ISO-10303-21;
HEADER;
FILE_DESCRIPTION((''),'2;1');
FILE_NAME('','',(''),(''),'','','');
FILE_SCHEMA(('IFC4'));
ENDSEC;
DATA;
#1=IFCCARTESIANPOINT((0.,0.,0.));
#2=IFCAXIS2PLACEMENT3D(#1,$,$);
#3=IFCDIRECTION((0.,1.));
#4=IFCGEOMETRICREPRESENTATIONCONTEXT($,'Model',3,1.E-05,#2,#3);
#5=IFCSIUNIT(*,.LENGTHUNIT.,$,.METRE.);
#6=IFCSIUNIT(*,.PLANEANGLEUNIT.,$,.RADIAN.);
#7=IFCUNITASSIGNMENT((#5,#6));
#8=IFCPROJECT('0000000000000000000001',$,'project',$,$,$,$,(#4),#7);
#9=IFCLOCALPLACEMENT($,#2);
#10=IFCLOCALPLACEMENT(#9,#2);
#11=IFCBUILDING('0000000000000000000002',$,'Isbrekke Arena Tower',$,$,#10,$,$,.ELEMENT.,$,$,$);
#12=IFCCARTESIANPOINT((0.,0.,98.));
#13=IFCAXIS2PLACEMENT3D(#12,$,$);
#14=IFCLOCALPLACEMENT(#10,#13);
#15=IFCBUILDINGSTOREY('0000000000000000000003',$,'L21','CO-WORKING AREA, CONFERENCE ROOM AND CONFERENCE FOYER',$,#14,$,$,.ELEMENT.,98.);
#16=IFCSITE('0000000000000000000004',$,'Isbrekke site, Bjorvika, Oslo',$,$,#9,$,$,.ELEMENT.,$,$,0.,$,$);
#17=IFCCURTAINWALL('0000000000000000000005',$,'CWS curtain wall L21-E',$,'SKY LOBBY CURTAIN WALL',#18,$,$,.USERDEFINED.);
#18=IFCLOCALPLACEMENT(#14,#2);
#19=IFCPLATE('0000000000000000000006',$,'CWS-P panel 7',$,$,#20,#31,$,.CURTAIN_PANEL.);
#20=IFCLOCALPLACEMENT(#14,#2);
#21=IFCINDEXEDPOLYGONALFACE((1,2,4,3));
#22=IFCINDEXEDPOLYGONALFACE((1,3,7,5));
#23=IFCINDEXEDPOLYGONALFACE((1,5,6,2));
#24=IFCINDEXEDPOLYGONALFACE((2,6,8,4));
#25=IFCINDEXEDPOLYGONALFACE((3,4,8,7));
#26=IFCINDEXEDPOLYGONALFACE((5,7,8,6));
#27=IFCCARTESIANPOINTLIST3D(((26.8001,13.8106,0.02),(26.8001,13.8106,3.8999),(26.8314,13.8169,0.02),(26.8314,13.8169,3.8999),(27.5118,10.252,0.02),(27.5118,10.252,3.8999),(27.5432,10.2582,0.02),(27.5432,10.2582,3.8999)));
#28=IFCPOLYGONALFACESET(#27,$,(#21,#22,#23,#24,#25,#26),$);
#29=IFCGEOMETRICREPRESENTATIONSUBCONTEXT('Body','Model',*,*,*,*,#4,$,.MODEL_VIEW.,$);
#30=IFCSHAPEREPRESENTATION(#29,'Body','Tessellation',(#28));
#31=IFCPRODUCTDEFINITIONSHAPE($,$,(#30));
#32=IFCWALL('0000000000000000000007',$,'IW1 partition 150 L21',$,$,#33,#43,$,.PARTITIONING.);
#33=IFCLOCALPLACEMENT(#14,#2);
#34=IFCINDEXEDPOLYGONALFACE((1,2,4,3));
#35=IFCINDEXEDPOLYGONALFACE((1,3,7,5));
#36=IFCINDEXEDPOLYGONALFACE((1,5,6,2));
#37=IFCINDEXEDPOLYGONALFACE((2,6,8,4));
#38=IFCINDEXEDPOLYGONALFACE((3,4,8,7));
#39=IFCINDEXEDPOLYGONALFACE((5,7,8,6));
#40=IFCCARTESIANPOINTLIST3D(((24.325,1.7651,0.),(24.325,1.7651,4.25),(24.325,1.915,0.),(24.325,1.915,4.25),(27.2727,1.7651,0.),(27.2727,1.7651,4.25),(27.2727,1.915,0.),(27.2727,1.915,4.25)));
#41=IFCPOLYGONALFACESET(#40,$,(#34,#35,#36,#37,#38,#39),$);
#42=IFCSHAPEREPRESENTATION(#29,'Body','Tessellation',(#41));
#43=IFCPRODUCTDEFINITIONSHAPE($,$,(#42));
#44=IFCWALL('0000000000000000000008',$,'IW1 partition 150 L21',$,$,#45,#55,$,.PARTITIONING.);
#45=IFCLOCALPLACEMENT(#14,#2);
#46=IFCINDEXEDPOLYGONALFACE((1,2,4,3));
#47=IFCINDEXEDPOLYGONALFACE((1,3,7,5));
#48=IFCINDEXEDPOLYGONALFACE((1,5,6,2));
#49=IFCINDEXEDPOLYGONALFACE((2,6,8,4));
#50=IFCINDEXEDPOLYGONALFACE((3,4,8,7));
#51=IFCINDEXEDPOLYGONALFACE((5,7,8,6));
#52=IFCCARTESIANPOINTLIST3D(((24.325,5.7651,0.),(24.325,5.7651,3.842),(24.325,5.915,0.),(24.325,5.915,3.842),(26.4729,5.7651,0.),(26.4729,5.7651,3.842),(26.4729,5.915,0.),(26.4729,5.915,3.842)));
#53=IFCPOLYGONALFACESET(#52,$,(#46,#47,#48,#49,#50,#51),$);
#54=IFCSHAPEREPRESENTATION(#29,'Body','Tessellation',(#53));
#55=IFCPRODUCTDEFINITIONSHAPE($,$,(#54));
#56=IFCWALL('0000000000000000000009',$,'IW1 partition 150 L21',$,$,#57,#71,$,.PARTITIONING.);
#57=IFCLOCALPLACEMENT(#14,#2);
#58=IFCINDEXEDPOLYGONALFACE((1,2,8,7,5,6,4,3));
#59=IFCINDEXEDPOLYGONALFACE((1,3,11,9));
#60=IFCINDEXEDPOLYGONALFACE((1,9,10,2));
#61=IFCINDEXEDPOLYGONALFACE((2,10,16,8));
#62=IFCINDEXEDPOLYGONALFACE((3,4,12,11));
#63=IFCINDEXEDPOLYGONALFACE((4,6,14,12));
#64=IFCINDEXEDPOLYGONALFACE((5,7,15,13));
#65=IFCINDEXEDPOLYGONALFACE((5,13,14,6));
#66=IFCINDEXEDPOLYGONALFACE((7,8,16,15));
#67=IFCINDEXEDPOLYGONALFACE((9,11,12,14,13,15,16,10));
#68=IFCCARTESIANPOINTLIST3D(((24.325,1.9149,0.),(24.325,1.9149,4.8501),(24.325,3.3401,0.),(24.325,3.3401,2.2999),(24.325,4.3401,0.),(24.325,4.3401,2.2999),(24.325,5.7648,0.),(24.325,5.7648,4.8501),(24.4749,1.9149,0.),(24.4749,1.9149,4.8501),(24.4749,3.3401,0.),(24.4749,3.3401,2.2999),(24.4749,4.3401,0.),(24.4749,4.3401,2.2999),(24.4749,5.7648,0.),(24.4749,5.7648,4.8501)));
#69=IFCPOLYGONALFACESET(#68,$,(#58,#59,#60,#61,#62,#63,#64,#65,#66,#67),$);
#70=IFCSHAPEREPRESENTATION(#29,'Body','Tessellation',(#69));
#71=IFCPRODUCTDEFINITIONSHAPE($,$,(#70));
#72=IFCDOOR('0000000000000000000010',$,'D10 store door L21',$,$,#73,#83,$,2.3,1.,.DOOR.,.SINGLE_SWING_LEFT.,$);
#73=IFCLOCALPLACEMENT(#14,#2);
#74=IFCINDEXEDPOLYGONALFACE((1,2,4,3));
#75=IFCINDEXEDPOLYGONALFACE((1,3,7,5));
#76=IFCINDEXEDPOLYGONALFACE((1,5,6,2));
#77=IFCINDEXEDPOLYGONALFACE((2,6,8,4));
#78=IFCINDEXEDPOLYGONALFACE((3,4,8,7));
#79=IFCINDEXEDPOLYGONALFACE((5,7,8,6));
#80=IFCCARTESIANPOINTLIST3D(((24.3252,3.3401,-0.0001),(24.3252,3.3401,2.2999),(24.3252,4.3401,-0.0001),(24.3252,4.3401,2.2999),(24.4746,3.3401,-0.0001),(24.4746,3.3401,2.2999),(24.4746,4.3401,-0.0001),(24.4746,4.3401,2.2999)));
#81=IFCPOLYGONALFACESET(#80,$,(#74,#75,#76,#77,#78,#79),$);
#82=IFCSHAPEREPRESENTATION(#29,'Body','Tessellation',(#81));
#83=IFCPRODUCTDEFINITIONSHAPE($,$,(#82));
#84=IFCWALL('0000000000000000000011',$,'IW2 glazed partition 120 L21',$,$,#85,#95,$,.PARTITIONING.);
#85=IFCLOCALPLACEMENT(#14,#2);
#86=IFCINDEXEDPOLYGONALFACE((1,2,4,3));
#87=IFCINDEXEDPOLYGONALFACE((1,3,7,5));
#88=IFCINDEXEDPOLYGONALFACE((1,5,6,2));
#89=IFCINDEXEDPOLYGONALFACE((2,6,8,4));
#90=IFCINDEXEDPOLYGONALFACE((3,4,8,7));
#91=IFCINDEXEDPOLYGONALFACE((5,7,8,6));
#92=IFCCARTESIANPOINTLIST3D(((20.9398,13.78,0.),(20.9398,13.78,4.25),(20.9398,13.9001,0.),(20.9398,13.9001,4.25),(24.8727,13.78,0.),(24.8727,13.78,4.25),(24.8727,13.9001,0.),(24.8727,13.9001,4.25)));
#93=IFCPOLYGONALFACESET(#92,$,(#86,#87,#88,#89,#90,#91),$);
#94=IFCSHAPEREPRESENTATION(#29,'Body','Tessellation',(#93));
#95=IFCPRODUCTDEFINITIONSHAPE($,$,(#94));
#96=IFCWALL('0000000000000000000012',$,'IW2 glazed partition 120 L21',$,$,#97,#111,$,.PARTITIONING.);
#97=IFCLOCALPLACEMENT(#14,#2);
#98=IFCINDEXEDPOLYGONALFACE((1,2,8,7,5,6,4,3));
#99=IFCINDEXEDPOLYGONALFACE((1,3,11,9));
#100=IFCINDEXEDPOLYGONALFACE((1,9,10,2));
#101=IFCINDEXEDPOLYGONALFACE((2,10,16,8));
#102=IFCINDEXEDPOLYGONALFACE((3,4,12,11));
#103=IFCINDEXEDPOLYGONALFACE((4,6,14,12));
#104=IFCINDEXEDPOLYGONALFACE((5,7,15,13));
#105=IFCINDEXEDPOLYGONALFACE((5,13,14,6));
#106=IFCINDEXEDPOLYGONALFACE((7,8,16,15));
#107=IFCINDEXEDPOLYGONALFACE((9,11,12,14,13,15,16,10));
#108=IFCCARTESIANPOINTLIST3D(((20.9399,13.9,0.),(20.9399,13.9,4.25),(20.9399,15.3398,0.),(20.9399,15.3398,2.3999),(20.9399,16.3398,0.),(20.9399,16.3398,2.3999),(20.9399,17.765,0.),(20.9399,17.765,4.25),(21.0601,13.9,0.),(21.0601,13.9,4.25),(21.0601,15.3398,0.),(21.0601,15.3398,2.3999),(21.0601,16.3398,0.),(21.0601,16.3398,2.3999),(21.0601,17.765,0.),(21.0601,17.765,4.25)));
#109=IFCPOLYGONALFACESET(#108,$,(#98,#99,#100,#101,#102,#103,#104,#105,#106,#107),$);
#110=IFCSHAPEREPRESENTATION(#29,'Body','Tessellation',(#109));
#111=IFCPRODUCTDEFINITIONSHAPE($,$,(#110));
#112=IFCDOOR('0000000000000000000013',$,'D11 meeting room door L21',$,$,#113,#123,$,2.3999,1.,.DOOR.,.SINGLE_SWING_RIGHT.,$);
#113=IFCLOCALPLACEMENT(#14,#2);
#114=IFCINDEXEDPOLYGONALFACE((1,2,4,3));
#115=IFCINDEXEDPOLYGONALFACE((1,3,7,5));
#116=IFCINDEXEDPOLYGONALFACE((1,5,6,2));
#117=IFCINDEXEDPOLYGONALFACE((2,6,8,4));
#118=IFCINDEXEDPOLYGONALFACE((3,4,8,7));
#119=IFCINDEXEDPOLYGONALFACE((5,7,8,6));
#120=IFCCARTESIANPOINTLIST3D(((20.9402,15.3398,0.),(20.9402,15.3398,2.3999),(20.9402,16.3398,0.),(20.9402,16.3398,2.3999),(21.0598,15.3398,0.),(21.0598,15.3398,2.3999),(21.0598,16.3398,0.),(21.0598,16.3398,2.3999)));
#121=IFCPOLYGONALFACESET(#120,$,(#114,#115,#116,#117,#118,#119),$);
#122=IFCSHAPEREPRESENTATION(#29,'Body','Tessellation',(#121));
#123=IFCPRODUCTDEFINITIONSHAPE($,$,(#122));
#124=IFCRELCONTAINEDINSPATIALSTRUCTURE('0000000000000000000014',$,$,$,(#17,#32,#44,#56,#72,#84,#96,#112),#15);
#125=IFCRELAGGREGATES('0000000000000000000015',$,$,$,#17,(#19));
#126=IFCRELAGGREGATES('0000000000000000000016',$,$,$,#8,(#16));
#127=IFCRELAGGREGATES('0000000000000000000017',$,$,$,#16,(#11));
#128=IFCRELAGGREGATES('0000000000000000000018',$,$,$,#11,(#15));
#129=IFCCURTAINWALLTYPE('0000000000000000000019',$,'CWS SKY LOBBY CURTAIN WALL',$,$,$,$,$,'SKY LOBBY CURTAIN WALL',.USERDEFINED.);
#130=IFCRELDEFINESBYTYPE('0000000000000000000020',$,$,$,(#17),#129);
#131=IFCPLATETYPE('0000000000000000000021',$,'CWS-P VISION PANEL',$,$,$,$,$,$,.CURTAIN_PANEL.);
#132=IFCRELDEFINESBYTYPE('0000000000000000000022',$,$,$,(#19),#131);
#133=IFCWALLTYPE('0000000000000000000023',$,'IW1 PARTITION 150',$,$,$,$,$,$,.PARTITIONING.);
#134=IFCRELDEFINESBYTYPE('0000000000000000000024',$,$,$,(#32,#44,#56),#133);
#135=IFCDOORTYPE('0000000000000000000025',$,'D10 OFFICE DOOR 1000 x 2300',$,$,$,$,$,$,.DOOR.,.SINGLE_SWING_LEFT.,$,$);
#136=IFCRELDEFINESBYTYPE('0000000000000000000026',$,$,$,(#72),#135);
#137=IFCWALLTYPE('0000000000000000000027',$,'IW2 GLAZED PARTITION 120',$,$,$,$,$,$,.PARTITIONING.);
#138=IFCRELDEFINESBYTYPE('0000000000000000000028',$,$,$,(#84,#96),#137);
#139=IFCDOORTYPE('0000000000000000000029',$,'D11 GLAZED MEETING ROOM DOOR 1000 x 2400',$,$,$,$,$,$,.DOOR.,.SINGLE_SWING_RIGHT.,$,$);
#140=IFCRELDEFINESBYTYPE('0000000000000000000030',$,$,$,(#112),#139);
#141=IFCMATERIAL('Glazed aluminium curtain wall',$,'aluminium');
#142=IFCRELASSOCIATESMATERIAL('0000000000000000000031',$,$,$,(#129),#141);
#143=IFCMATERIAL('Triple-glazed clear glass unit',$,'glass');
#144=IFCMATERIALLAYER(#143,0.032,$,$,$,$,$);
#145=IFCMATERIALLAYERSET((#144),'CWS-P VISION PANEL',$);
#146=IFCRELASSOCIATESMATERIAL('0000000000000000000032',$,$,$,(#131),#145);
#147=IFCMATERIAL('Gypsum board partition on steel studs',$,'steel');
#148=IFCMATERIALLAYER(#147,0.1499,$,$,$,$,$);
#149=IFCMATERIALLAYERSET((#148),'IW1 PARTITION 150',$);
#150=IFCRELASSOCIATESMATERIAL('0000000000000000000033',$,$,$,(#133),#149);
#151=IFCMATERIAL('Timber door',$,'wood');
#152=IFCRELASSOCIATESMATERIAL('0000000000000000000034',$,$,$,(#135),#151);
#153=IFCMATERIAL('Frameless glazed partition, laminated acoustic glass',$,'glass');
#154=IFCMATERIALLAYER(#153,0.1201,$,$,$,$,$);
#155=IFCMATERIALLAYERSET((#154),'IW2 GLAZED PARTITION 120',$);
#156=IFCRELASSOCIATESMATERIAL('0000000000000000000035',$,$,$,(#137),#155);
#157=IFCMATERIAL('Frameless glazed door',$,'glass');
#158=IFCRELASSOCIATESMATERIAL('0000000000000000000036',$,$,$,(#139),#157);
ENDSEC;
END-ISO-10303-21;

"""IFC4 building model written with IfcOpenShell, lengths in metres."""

from ifc_helpers import new_model, si_unit, direction, frame, frame_2d, origin, origin_2d, place, context, subcontext, project, spatial, rectangle, extrude, material, layer, layer_set, type_object, element, fill, aggregate, save


model = new_model("IFC4")

# Units and contexts
model_context = context("Model", 3, precision=1e-05, world=origin(), true_north=direction((0.0, 1.0)))
body_context = subcontext(model_context, "Body", "Model", "MODEL_VIEW")
ifc_project = project(units=[si_unit("LENGTHUNIT", "METRE"), si_unit("PLANEANGLEUNIT", "RADIAN")], contexts=[model_context])

# Site, building, storey
site_placement = place(None, origin())
site = spatial("IfcSite", under=ifc_project, at=site_placement, Name="Isbrekke site, Bjorvika, Oslo", CompositionType="ELEMENT", RefElevation=0.0)
building_placement = place(site_placement, origin())
building = spatial("IfcBuilding", under=site, at=building_placement, Name="Isbrekke Arena Tower", CompositionType="ELEMENT")
storey_placement = place(building_placement, frame((0.0, 0.0, 98.0)))
storey = spatial("IfcBuildingStorey", under=building, at=storey_placement, Name="L21", Description="CO-WORKING AREA, CONFERENCE ROOM AND CONFERENCE FOYER", CompositionType="ELEMENT", Elevation=98.0)

# Curtain wall
ifc_material_1 = material(Name="Glazed aluminium curtain wall", Category="aluminium")
curtain_wall_type = type_object("IfcCurtainWallType", Name="CWS SKY LOBBY CURTAIN WALL", ElementType="SKY LOBBY CURTAIN WALL", PredefinedType="USERDEFINED", material=ifc_material_1)
curtain_wall_placement = place(storey_placement, origin())
curtain_wall = element("IfcCurtainWall", 1, at=curtain_wall_placement, inside=storey, type_object=curtain_wall_type, Name="CWS curtain wall L21-E", ObjectType="SKY LOBBY CURTAIN WALL", PredefinedType="USERDEFINED")

# Plate
ifc_material_2 = material(Name="Triple-glazed clear glass unit", Category="glass")
ifc_layer_1 = layer(ifc_material_2, 0.032)
ifc_layer_set_1 = layer_set([ifc_layer_1], Name="CWS-P VISION PANEL")
plate_type = type_object("IfcPlateType", Name="CWS-P VISION PANEL", PredefinedType="CURTAIN_PANEL", material=ifc_layer_set_1)
plate_1_placement = place(storey_placement, frame((27.1716, 12.0344, 0.02), z_axis=(0.0, 0.0, 1.0), x_axis=(-0.196116, 0.980581, 0.0)))
plate_1 = element("IfcPlate", 2, at=plate_1_placement, type_object=plate_type, Name="CWS-P panel 7", PredefinedType="CURTAIN_PANEL", context=body_context, shape_type="SweptSolid", body=[
    extrude(rectangle(XDim=3.6292, YDim=0.032, at=origin_2d()), origin(), (0.0, 0.0, 1.0), 3.8799),
])
aggregate(curtain_wall, [plate_1])

# Walls
ifc_material_3 = material(Name="Gypsum board partition on steel studs", Category="steel")
ifc_layer_2 = layer(ifc_material_3, 0.1499)
ifc_layer_set_2 = layer_set([ifc_layer_2], Name="IW1 PARTITION 150")
wall_type_1 = type_object("IfcWallType", Name="IW1 PARTITION 150", PredefinedType="PARTITIONING", material=ifc_layer_set_2)
wall_1_placement = place(storey_placement, frame((24.325, 1.8401, 0.0), z_axis=(0.0, 0.0, 1.0), x_axis=(1.0, 0.0, 0.0)))
element("IfcWall", 3, at=wall_1_placement, inside=storey, type_object=wall_type_1, Name="IW1 partition 150 L21", PredefinedType="PARTITIONING", context=body_context, shape_type="SweptSolid", body=[
    extrude(rectangle(XDim=2.9478, YDim=0.1499, at=frame_2d((1.4739, 0.0))), origin(), (0.0, 0.0, 1.0), 4.25),
])
wall_2_placement = place(storey_placement, frame((24.325, 5.8401, 0.0), z_axis=(0.0, 0.0, 1.0), x_axis=(1.0, 0.0, 0.0)))
element("IfcWall", 4, at=wall_2_placement, inside=storey, type_object=wall_type_1, Name="IW1 partition 150 L21", PredefinedType="PARTITIONING", context=body_context, shape_type="SweptSolid", body=[
    extrude(rectangle(XDim=2.1479, YDim=0.1499, at=frame_2d((1.074, 0.0))), origin(), (0.0, 0.0, 1.0), 3.842),
])

# Wall, opening, door
wall_3_placement = place(storey_placement, frame((24.3999, 1.915, 0.0), z_axis=(0.0, 0.0, 1.0), x_axis=(0.0, 1.0, 0.0)))
wall_3 = element("IfcWall", 5, at=wall_3_placement, inside=storey, type_object=wall_type_1, Name="IW1 partition 150 L21", PredefinedType="PARTITIONING", context=body_context, shape_type="SweptSolid", body=[
    extrude(rectangle(XDim=3.8499, YDim=0.1499, at=frame_2d((1.9248, 0.0))), origin(), (0.0, 0.0, 1.0), 4.8501),
])
opening_1_placement = place(wall_3_placement, frame((1.425, 0.0, 0.0)))
opening_1 = element("IfcOpeningElement", 6, at=opening_1_placement, cuts=wall_3, PredefinedType="OPENING", context=body_context, shape_type="SweptSolid", body=[
    extrude(rectangle(XDim=1.0, YDim=2.3, at=frame_2d((0.5, 1.1499))), frame((0.0, 0.0898, 0.0), z_axis=(0.0, -1.0, 0.0), x_axis=(1.0, 0.0, 0.0)), (0.0, 0.0, 1.0), 0.1797),
])
ifc_material_4 = material(Name="Timber door", Category="wood")
door_type_1 = type_object("IfcDoorType", Name="D10 OFFICE DOOR 1000 x 2300", OperationType="SINGLE_SWING_LEFT", PredefinedType="DOOR", material=ifc_material_4)
door_1_placement = place(opening_1_placement, origin())
door_1 = element("IfcDoor", 7, at=door_1_placement, inside=storey, type_object=door_type_1, Name="D10 store door L21", OperationType="SINGLE_SWING_LEFT", OverallHeight=2.3, OverallWidth=1.0, PredefinedType="DOOR", context=body_context, shape_type="SweptSolid", body=[
    extrude(rectangle(XDim=1.0, YDim=2.3, at=frame_2d((0.5, 1.1499))), frame((0.0, 0.0747, 0.0), z_axis=(0.0, -1.0, 0.0), x_axis=(1.0, 0.0, 0.0)), (0.0, 0.0, 1.0), 0.1494),
])
fill(opening_1, door_1)

# Wall
ifc_material_5 = material(Name="Frameless glazed partition, laminated acoustic glass", Category="glass")
ifc_layer_3 = layer(ifc_material_5, 0.1201)
ifc_layer_set_3 = layer_set([ifc_layer_3], Name="IW2 GLAZED PARTITION 120")
wall_type_2 = type_object("IfcWallType", Name="IW2 GLAZED PARTITION 120", PredefinedType="PARTITIONING", material=ifc_layer_set_3)
wall_4_placement = place(storey_placement, frame((20.9399, 13.8401, 0.0), z_axis=(0.0, 0.0, 1.0), x_axis=(1.0, 0.0, 0.0)))
element("IfcWall", 8, at=wall_4_placement, inside=storey, type_object=wall_type_2, Name="IW2 glazed partition 120 L21", PredefinedType="PARTITIONING", context=body_context, shape_type="SweptSolid", body=[
    extrude(rectangle(XDim=3.9329, YDim=0.1201, at=frame_2d((1.9663, 0.0))), origin(), (0.0, 0.0, 1.0), 4.25),
])

# Wall, opening, door
wall_5_placement = place(storey_placement, frame((21.0, 13.8999, 0.0), z_axis=(0.0, 0.0, 1.0), x_axis=(0.0, 1.0, 0.0)))
wall_5 = element("IfcWall", 9, at=wall_5_placement, inside=storey, type_object=wall_type_2, Name="IW2 glazed partition 120 L21", PredefinedType="PARTITIONING", context=body_context, shape_type="SweptSolid", body=[
    extrude(rectangle(XDim=3.865, YDim=0.1201, at=frame_2d((1.9326, 0.0))), origin(), (0.0, 0.0, 1.0), 4.25),
])
opening_2_placement = place(wall_5_placement, frame((1.4399, 0.0, 0.0)))
opening_2 = element("IfcOpeningElement", 10, at=opening_2_placement, cuts=wall_5, PredefinedType="OPENING", context=body_context, shape_type="SweptSolid", body=[
    extrude(rectangle(XDim=1.0, YDim=2.3999, at=frame_2d((0.5, 1.2))), frame((0.0, 0.075, 0.0), z_axis=(0.0, -1.0, 0.0), x_axis=(1.0, 0.0, 0.0)), (0.0, 0.0, 1.0), 0.1499),
])
ifc_material_6 = material(Name="Frameless glazed door", Category="glass")
door_type_2 = type_object("IfcDoorType", Name="D11 GLAZED MEETING ROOM DOOR 1000 x 2400", OperationType="SINGLE_SWING_RIGHT", PredefinedType="DOOR", material=ifc_material_6)
door_2_placement = place(opening_2_placement, origin())
door_2 = element("IfcDoor", 11, at=door_2_placement, inside=storey, type_object=door_type_2, Name="D11 meeting room door L21", OperationType="SINGLE_SWING_RIGHT", OverallHeight=2.3999, OverallWidth=1.0, PredefinedType="DOOR", context=body_context, shape_type="SweptSolid", body=[
    extrude(rectangle(XDim=1.0, YDim=2.3999, at=frame_2d((0.5, 1.2))), frame((0.0, 0.0598, 0.0), z_axis=(0.0, -1.0, 0.0), x_axis=(1.0, 0.0, 0.0)), (0.0, 0.0, 1.0), 0.1196),
])
fill(opening_2, door_2)

save(model, "model.ifc")
